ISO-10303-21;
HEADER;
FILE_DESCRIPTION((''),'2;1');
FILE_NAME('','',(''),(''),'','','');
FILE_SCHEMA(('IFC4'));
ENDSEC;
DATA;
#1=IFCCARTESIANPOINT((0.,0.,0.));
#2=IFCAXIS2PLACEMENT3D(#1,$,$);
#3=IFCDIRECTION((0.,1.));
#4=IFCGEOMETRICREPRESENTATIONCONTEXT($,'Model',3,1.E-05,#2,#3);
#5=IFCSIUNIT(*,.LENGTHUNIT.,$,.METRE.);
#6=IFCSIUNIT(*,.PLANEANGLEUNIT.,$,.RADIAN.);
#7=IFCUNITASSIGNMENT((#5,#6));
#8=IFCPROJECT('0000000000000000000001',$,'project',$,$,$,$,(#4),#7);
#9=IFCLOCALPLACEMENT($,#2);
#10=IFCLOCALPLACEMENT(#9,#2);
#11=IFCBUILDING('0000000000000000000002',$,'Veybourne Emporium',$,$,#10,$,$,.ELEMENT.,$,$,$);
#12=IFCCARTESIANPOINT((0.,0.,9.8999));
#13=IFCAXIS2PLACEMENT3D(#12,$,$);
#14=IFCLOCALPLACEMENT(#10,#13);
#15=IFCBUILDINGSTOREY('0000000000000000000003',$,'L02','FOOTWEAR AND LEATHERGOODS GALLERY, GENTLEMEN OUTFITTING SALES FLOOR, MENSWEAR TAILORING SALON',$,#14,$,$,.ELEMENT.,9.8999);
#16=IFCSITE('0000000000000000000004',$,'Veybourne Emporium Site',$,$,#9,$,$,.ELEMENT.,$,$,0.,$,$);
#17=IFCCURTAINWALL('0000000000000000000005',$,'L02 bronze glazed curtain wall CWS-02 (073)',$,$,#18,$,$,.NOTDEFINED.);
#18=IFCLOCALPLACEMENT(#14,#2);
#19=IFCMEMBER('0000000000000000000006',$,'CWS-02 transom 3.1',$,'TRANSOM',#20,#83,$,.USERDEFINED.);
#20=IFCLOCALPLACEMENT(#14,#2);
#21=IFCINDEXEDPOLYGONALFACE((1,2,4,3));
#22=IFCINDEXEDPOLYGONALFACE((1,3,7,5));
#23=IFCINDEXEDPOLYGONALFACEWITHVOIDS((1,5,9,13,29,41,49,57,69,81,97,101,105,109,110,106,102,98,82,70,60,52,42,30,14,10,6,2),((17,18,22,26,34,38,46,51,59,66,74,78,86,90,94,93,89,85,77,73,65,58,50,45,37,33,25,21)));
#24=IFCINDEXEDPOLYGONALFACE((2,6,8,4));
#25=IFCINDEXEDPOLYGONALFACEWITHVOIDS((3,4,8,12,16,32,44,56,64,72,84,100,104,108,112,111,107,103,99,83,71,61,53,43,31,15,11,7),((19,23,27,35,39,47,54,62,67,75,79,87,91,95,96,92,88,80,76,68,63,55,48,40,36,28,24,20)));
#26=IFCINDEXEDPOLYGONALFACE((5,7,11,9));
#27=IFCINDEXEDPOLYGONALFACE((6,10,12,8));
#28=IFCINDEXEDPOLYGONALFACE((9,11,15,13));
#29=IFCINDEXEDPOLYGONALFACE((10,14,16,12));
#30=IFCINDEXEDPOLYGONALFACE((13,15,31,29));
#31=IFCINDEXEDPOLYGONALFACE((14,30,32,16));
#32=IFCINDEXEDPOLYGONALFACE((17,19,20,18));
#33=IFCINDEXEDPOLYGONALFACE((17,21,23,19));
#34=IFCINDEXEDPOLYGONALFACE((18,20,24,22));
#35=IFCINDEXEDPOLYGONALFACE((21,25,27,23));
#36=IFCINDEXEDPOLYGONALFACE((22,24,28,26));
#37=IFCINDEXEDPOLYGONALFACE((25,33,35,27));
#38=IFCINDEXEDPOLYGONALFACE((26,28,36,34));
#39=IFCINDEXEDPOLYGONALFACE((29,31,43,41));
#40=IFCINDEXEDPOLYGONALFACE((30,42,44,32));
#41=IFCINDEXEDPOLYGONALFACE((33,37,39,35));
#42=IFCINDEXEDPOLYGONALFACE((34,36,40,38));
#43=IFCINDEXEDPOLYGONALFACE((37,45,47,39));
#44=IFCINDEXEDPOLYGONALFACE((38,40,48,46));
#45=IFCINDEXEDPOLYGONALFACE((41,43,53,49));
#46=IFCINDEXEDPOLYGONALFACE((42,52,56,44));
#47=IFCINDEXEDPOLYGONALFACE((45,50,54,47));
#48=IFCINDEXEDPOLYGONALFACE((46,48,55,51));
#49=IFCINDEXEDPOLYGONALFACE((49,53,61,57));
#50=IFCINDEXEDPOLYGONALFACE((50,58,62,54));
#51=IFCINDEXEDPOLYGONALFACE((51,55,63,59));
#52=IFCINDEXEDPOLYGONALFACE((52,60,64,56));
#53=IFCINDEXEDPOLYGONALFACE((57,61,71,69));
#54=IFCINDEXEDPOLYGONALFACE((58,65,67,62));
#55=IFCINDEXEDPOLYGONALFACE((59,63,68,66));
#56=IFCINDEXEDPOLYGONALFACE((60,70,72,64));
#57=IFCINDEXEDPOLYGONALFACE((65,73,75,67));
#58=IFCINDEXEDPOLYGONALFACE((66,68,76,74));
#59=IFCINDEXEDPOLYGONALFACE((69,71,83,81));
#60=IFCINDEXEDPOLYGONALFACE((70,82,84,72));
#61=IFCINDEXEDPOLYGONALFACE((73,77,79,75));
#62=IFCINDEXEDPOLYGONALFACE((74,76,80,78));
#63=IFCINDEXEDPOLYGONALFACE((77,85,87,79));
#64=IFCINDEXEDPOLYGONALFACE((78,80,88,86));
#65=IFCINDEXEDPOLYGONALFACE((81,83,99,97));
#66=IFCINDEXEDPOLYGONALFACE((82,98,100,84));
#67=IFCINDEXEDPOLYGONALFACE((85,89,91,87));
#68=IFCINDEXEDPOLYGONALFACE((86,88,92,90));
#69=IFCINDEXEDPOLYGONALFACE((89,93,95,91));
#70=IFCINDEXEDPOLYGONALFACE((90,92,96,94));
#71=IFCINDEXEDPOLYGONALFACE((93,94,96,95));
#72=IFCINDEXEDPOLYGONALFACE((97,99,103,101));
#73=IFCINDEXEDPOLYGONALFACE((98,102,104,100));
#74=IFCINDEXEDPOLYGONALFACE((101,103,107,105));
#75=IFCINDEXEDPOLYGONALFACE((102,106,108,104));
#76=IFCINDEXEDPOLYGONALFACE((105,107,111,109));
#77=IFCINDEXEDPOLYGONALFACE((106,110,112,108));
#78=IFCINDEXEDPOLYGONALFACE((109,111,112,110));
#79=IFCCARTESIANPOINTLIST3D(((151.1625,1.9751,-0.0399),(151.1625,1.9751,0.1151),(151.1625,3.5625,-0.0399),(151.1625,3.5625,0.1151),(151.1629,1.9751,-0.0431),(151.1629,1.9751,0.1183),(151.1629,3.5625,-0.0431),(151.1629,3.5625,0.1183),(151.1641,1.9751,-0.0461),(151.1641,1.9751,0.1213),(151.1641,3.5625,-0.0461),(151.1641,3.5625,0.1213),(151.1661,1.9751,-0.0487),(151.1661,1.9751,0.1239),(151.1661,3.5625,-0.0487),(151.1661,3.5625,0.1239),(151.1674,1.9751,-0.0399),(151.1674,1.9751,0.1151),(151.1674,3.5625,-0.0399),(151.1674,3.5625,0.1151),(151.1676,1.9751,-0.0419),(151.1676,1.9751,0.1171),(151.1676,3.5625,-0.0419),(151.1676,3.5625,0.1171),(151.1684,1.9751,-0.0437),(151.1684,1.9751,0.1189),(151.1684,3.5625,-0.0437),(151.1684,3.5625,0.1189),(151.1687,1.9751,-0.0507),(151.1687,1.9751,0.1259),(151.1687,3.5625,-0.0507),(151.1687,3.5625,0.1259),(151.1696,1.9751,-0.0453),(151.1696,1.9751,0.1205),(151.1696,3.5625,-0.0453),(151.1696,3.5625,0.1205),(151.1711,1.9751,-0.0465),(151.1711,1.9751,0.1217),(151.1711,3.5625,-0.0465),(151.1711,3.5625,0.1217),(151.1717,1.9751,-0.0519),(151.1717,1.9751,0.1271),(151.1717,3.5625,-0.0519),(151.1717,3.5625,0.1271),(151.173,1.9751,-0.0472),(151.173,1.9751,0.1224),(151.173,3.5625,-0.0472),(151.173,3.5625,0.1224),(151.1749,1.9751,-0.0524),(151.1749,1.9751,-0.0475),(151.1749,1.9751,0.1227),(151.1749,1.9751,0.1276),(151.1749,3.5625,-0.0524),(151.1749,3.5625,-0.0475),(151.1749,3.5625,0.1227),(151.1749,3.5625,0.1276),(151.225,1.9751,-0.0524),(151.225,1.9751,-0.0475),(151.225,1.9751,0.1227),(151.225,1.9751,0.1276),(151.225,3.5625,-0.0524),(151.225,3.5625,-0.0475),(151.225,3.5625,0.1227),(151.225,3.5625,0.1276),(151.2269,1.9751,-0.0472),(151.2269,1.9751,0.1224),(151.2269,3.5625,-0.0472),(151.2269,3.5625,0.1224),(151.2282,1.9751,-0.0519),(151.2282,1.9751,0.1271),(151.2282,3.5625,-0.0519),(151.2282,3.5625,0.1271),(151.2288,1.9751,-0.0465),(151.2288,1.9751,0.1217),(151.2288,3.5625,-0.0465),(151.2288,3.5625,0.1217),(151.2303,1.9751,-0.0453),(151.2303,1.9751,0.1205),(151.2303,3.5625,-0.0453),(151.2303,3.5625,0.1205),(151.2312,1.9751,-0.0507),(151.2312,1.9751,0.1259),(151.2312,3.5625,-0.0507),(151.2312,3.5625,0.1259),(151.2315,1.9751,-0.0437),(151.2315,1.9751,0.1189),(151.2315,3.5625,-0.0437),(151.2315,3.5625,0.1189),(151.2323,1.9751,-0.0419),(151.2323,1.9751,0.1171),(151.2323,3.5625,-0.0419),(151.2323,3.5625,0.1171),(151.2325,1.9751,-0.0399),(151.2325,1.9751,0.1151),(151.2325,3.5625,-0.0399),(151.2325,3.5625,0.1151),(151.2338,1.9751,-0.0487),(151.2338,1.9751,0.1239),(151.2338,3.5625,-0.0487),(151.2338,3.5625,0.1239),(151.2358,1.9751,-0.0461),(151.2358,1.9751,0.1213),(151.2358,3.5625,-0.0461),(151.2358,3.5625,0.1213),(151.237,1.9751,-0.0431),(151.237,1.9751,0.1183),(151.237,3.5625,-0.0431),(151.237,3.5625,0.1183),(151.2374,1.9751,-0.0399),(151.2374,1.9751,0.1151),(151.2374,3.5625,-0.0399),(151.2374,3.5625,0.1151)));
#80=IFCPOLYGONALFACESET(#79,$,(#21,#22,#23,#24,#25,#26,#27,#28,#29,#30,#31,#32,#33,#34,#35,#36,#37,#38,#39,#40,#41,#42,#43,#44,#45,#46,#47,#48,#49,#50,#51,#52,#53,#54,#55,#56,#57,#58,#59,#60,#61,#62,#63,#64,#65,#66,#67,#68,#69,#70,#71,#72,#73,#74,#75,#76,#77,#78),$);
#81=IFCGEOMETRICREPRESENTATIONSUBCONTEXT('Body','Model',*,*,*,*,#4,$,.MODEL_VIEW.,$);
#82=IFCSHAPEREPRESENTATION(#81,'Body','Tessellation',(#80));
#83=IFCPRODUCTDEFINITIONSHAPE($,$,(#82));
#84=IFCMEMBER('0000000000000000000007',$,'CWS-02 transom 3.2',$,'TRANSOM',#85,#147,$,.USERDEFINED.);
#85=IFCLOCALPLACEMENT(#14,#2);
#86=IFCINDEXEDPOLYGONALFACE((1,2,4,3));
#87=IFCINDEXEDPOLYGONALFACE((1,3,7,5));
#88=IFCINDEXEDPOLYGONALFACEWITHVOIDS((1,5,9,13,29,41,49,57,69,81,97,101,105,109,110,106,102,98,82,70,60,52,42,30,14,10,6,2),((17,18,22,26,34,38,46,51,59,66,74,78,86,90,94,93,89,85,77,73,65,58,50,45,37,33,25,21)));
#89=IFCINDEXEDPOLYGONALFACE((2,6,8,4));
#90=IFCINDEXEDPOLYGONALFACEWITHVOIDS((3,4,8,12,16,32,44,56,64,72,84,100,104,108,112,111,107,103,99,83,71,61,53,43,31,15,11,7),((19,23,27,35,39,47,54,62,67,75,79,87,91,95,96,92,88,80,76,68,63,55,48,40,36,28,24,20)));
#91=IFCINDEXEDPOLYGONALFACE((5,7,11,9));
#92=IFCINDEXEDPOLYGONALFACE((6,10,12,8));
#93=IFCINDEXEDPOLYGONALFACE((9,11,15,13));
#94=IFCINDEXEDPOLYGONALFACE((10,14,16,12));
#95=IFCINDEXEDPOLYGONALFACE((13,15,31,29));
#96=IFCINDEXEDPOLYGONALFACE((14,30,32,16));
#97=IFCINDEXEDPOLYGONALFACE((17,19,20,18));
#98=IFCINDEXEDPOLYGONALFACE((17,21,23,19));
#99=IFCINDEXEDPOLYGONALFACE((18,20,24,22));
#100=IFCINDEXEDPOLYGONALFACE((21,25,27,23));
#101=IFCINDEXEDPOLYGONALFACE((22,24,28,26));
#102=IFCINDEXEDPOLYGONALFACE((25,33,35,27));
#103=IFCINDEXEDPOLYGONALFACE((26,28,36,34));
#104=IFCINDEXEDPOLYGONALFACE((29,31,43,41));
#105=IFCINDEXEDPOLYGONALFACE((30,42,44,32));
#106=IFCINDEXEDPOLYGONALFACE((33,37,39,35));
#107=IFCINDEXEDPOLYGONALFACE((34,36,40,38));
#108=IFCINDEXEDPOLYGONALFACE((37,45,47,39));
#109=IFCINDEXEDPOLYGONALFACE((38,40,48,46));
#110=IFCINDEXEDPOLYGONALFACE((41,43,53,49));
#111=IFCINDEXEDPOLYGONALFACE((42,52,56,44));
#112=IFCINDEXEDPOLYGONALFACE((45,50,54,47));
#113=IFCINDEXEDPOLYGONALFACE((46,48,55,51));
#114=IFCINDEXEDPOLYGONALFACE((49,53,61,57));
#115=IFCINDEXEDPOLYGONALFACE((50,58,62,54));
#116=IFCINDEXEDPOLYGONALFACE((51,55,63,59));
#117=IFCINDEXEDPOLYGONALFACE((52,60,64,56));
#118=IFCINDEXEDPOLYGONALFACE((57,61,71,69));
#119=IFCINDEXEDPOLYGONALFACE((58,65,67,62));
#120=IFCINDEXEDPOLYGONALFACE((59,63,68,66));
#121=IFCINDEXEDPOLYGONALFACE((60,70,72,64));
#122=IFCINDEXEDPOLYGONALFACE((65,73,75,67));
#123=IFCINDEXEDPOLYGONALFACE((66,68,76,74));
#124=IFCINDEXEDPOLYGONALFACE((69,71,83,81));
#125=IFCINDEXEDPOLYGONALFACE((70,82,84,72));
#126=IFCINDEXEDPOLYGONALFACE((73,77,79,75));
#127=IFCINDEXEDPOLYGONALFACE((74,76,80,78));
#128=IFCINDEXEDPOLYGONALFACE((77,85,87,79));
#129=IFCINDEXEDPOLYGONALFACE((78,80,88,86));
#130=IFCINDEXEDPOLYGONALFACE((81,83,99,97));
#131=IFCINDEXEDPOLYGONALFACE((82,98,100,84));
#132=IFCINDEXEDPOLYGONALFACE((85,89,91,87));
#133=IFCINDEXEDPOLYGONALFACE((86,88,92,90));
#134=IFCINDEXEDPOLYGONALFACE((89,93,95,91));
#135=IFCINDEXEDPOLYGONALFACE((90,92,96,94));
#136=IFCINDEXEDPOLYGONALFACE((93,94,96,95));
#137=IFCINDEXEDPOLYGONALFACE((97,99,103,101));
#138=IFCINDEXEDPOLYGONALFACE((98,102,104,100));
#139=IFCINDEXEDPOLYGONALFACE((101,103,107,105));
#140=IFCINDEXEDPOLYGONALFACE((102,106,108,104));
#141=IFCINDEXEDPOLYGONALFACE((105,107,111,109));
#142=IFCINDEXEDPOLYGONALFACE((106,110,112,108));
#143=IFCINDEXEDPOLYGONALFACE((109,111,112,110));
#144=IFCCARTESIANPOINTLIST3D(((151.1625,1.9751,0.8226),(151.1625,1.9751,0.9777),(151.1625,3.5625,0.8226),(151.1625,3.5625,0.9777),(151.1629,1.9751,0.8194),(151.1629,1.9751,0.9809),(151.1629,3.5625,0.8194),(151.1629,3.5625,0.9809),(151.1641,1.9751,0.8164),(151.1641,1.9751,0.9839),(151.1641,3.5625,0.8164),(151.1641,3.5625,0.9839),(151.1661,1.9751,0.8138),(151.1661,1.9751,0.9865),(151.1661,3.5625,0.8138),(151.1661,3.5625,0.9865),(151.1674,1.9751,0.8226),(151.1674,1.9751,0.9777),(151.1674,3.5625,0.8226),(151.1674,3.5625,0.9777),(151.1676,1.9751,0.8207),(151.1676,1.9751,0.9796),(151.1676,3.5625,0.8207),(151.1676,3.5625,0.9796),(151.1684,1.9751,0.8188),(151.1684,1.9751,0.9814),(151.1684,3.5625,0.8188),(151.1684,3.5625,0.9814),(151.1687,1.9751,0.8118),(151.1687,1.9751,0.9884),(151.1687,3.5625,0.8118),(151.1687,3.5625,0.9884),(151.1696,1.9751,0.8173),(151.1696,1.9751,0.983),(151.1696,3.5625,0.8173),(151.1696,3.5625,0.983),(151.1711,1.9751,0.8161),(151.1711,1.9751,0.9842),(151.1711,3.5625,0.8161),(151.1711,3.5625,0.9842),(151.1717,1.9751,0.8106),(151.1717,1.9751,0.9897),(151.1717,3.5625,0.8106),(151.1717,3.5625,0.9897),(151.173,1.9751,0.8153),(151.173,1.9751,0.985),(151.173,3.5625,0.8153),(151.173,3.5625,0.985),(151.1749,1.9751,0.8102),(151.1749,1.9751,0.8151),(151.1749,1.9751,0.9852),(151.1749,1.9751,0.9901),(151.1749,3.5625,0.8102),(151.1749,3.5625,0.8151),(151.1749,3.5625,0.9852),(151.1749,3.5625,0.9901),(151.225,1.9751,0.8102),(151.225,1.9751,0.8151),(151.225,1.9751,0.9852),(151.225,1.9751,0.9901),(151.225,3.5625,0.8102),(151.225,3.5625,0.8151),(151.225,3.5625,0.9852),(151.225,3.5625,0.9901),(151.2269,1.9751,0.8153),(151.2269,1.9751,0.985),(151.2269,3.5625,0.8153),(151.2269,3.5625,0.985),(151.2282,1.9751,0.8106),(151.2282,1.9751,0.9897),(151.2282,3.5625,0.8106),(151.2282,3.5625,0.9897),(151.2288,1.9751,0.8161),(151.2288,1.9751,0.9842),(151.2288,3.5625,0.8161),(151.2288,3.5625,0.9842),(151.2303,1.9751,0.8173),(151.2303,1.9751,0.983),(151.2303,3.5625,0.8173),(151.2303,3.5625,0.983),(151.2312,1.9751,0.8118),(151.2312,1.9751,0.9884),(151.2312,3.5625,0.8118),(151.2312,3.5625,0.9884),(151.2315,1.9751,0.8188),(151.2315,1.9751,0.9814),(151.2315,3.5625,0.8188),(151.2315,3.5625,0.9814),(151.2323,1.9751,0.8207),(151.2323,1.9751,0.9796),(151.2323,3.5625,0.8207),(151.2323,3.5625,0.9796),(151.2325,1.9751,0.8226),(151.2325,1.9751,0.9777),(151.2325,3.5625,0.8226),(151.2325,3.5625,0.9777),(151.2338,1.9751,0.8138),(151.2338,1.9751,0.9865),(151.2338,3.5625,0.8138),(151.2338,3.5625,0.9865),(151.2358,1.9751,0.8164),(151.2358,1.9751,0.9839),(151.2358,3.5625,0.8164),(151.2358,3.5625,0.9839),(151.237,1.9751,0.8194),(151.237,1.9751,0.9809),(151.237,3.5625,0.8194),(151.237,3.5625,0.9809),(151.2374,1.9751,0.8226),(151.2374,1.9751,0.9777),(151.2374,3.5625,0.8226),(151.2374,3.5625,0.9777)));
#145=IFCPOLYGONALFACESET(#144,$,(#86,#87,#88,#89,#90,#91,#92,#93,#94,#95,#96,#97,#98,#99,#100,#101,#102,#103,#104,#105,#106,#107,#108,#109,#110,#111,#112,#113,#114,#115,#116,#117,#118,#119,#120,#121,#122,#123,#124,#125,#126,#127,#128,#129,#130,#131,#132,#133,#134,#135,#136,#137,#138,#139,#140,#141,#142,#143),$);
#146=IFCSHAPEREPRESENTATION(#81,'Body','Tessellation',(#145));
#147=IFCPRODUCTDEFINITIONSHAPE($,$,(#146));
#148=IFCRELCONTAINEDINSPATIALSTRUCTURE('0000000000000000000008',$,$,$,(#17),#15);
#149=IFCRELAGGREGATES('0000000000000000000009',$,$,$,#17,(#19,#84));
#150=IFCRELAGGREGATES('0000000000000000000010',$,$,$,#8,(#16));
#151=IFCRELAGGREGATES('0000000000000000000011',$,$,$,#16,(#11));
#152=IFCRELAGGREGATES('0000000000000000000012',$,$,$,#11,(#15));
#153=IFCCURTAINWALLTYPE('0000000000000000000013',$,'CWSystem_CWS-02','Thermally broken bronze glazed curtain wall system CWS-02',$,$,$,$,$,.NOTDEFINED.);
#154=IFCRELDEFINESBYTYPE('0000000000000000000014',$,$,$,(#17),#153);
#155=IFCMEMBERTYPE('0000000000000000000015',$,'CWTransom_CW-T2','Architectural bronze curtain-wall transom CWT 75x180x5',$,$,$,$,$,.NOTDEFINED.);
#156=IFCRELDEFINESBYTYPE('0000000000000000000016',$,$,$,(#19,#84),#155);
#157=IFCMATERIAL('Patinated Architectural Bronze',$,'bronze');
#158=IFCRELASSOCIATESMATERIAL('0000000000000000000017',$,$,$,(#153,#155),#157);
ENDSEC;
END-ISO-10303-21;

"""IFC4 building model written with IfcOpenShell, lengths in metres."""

from ifc_helpers import new_model, si_unit, direction, frame, origin, origin_2d, place, context, subcontext, project, spatial, hollow_rectangle, extrude, material, material_profile, profile_set, type_object, element, aggregate, save


model = new_model("IFC4")

# Units and contexts
model_context = context("Model", 3, precision=1e-05, world=origin(), true_north=direction((0.0, 1.0)))
body_context = subcontext(model_context, "Body", "Model", "MODEL_VIEW")
ifc_project = project(units=[si_unit("LENGTHUNIT", "METRE"), si_unit("PLANEANGLEUNIT", "RADIAN")], contexts=[model_context])

# Site, building, storey
site_placement = place(None, origin())
site = spatial("IfcSite", under=ifc_project, at=site_placement, Name="Veybourne Emporium Site", CompositionType="ELEMENT", RefElevation=0.0)
building_placement = place(site_placement, origin())
building = spatial("IfcBuilding", under=site, at=building_placement, Name="Veybourne Emporium", CompositionType="ELEMENT")
storey_placement = place(building_placement, frame((0.0, 0.0, 9.8999)))
storey = spatial("IfcBuildingStorey", under=building, at=storey_placement, Name="L02", Description="FOOTWEAR AND LEATHERGOODS GALLERY, GENTLEMEN OUTFITTING SALES FLOOR, MENSWEAR TAILORING SALON", CompositionType="ELEMENT", Elevation=9.8999)

# Curtain wall
ifc_material_1 = material(Name="Patinated Architectural Bronze", Category="bronze")
curtain_wall_type_1 = type_object("IfcCurtainWallType", Name="CWSystem_CWS-02", Description="Thermally broken bronze glazed curtain wall system CWS-02", PredefinedType="NOTDEFINED", material=ifc_material_1)
curtain_wall_1_placement = place(storey_placement, origin())
curtain_wall_1 = element("IfcCurtainWall", 1, at=curtain_wall_1_placement, inside=storey, type_object=curtain_wall_type_1, Name="L02 bronze glazed curtain wall CWS-02 (073)", PredefinedType="NOTDEFINED")

# Members
ifc_material_profile_1 = material_profile(ifc_material_1, hollow_rectangle(XDim=0.075, YDim=0.1799, WallThickness=0.0049, InnerFilletRadius=0.0076, OuterFilletRadius=0.0125, at=origin_2d()), Name="CWT 75x180x5")
ifc_profile_set_1 = profile_set([ifc_material_profile_1], Name="Patinated Architectural Bronze")
member_type_1 = type_object("IfcMemberType", Name="CWTransom_CW-T2", Description="Architectural bronze curtain-wall transom CWT 75x180x5", PredefinedType="NOTDEFINED", material=ifc_profile_set_1)
member_1_placement = place(storey_placement, frame((151.2, 3.5625, 0.0376), z_axis=(0.0, -1.0, 0.0), x_axis=(1.0, 0.0, 0.0)))
member_1 = element("IfcMember", 2, at=member_1_placement, type_object=member_type_1, Name="CWS-02 transom 3.1", ObjectType="TRANSOM", PredefinedType="USERDEFINED", context=body_context, shape_type="SweptSolid", body=[
    extrude(hollow_rectangle(XDim=0.075, YDim=0.1799, WallThickness=0.0049, InnerFilletRadius=0.0076, OuterFilletRadius=0.0125, at=origin_2d()), origin(), (0.0, 0.0, 1.0), 1.5874),
])
member_2_placement = place(storey_placement, frame((151.2, 3.5625, 0.9001), z_axis=(0.0, -1.0, 0.0), x_axis=(1.0, 0.0, 0.0)))
member_2 = element("IfcMember", 3, at=member_2_placement, type_object=member_type_1, Name="CWS-02 transom 3.2", ObjectType="TRANSOM", PredefinedType="USERDEFINED", context=body_context, shape_type="SweptSolid", body=[
    extrude(hollow_rectangle(XDim=0.075, YDim=0.1799, WallThickness=0.0049, InnerFilletRadius=0.0076, OuterFilletRadius=0.0125, at=origin_2d()), origin(), (0.0, 0.0, 1.0), 1.5874),
])

aggregate(curtain_wall_1, [member_1, member_2])

save(model, "model.ifc")
